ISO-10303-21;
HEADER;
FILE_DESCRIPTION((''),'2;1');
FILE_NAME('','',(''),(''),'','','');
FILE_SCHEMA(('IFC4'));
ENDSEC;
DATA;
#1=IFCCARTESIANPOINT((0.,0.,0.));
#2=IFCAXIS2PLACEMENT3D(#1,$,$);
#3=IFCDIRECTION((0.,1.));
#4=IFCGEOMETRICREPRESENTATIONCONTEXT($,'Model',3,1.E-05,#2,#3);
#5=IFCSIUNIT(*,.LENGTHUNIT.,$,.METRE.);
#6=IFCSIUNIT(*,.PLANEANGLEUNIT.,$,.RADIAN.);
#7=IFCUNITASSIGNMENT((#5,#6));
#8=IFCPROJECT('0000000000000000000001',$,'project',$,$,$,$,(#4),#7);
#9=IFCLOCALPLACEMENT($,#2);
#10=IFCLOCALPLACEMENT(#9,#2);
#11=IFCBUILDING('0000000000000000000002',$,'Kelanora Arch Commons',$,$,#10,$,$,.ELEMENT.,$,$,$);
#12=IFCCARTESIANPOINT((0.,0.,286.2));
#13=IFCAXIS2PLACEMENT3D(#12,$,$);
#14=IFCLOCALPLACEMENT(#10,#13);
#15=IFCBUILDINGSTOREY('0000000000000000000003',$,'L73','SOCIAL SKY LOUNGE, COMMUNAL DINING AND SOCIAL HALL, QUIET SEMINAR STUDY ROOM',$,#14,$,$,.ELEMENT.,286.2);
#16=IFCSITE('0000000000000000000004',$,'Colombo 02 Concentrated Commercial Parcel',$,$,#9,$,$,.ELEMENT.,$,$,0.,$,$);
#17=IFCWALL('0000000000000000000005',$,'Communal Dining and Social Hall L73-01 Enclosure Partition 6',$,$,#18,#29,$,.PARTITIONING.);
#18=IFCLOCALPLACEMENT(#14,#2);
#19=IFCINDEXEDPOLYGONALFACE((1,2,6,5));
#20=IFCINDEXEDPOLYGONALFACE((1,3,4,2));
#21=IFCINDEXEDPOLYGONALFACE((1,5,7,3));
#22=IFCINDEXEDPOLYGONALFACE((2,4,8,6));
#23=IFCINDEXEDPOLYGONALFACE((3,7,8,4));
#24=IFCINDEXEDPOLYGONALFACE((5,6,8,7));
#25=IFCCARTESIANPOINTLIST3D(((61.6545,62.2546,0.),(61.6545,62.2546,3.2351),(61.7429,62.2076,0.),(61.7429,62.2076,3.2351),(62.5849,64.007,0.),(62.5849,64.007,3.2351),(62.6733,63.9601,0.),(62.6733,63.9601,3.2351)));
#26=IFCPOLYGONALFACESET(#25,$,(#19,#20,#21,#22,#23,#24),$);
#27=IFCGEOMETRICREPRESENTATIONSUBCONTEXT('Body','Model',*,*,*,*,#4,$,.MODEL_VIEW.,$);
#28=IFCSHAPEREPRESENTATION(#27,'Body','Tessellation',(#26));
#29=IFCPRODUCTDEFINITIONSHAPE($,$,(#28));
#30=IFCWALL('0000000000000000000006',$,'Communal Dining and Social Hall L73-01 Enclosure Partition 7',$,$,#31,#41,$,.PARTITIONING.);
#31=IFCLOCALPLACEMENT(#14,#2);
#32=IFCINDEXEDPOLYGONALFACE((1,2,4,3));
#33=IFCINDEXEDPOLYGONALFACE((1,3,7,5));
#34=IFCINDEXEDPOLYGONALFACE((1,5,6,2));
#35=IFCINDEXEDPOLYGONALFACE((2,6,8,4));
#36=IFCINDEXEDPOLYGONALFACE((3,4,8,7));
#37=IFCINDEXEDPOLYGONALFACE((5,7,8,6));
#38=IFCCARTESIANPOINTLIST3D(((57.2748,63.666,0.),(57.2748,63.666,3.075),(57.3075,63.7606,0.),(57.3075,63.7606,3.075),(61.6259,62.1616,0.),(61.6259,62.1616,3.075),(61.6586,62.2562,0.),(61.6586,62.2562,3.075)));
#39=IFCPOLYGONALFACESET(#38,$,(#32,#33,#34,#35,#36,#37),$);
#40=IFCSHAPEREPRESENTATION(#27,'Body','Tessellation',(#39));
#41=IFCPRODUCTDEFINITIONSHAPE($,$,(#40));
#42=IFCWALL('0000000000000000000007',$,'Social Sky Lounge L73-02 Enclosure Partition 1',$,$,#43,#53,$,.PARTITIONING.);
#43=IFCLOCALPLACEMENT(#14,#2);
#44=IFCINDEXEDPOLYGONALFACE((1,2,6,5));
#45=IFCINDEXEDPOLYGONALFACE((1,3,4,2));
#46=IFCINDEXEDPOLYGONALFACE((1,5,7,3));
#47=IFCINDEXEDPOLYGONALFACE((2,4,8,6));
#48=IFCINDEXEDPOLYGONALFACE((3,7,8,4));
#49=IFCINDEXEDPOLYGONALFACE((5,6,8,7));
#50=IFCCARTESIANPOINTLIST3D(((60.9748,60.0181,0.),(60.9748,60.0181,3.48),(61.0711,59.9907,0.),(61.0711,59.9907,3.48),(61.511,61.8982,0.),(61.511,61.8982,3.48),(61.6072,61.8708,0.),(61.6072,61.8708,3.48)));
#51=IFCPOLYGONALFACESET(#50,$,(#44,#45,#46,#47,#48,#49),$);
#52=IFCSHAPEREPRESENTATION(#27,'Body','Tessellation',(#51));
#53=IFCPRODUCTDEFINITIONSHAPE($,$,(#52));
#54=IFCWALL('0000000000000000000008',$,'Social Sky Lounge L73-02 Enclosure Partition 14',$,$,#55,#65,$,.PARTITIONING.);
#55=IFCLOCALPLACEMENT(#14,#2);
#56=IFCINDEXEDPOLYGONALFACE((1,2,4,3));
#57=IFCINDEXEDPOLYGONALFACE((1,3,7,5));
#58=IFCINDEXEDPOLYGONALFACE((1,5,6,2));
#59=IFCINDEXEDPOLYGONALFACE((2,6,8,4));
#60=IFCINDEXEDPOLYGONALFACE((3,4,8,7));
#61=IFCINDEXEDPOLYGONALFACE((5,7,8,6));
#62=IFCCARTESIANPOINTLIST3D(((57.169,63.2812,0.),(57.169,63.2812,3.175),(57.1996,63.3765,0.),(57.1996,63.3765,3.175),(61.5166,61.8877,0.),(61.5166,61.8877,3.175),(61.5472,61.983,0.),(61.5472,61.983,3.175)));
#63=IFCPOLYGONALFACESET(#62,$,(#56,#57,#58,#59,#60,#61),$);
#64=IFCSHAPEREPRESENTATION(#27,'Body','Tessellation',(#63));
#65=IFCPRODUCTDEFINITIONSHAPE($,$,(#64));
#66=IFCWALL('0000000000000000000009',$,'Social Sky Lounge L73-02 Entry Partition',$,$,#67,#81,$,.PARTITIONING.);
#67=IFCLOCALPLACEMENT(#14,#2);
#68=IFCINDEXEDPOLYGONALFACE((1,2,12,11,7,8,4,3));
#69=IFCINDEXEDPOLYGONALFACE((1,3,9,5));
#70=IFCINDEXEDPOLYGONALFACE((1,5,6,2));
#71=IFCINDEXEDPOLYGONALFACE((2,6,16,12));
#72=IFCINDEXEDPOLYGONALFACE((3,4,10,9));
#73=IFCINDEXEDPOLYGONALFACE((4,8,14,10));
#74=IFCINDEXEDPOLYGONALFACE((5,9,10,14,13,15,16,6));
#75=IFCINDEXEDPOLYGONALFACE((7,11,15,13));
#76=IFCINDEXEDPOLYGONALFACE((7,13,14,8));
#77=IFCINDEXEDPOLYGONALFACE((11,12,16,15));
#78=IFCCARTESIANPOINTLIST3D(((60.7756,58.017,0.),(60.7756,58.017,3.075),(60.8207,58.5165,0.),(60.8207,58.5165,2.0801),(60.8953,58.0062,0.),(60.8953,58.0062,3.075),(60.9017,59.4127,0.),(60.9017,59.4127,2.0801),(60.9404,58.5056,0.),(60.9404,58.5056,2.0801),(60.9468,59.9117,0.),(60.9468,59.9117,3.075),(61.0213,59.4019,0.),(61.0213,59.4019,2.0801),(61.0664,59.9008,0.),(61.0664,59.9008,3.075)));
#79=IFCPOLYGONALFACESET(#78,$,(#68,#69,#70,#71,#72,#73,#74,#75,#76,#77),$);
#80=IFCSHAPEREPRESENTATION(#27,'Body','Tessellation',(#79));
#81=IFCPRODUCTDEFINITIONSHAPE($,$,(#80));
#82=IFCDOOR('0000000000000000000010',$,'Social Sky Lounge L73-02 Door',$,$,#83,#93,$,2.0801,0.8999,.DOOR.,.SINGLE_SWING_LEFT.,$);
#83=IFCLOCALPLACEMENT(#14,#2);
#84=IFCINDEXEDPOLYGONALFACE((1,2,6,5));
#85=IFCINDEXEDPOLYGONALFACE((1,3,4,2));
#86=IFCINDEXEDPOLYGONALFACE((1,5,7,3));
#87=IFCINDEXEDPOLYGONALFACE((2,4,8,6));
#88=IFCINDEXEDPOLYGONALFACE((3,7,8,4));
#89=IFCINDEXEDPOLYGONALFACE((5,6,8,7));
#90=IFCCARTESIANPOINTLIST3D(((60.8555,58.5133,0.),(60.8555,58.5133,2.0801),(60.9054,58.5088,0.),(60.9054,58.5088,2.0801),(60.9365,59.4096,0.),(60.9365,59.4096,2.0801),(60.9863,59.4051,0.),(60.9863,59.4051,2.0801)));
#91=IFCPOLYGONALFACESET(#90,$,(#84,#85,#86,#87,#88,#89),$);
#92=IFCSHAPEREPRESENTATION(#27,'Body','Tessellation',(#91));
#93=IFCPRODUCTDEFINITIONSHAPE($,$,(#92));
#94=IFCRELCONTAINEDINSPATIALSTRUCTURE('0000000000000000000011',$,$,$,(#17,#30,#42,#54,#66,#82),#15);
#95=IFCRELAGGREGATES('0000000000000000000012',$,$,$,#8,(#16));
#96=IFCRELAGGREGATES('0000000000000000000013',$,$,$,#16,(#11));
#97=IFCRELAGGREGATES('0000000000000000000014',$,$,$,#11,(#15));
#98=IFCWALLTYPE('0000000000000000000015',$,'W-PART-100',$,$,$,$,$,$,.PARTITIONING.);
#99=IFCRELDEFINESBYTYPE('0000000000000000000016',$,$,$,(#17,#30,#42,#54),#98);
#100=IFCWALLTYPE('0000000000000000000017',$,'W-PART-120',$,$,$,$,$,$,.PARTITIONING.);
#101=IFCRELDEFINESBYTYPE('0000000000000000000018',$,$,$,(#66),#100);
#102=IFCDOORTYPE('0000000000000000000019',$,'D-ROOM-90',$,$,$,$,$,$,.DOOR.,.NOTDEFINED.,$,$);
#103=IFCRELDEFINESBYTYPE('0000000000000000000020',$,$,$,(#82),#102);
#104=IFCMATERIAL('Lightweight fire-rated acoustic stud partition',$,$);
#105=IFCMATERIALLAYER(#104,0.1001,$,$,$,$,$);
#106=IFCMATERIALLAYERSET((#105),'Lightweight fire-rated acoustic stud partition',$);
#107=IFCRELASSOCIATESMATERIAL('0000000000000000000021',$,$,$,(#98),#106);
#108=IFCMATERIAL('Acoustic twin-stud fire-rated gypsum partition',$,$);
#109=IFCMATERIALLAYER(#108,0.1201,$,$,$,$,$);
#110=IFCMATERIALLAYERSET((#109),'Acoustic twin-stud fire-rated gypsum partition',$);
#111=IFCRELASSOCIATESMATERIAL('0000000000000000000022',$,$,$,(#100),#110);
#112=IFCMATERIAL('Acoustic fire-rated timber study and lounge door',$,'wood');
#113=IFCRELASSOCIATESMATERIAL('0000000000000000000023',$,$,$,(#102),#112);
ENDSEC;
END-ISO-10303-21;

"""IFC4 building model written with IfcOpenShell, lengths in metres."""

from ifc_helpers import new_model, si_unit, direction, frame, frame_2d, origin, place, context, subcontext, project, spatial, rectangle, extrude, material, layer, layer_set, type_object, element, fill, save


model = new_model("IFC4")

# Units and contexts
model_context = context("Model", 3, precision=1e-05, world=origin(), true_north=direction((0.0, 1.0)))
body_context = subcontext(model_context, "Body", "Model", "MODEL_VIEW")
ifc_project = project(units=[si_unit("LENGTHUNIT", "METRE"), si_unit("PLANEANGLEUNIT", "RADIAN")], contexts=[model_context])

# Site, building, storey
site_placement = place(None, origin())
site = spatial("IfcSite", under=ifc_project, at=site_placement, Name="Colombo 02 Concentrated Commercial Parcel", CompositionType="ELEMENT", RefElevation=0.0)
building_placement = place(site_placement, origin())
building = spatial("IfcBuilding", under=site, at=building_placement, Name="Kelanora Arch Commons", CompositionType="ELEMENT")
storey_placement = place(building_placement, frame((0.0, 0.0, 286.2)))
storey = spatial("IfcBuildingStorey", under=building, at=storey_placement, Name="L73", Description="SOCIAL SKY LOUNGE, COMMUNAL DINING AND SOCIAL HALL, QUIET SEMINAR STUDY ROOM", CompositionType="ELEMENT", Elevation=286.2)

# Walls
ifc_material_1 = material(Name="Lightweight fire-rated acoustic stud partition")
ifc_layer_1 = layer(ifc_material_1, 0.1001)
ifc_layer_set_1 = layer_set([ifc_layer_1], Name="Lightweight fire-rated acoustic stud partition")
wall_type_1 = type_object("IfcWallType", Name="W-PART-100", PredefinedType="PARTITIONING", material=ifc_layer_set_1)
wall_1_placement = place(storey_placement, frame((62.6292, 63.9836, 0.0), z_axis=(0.0, 0.0, 1.0), x_axis=(-0.468933, -0.883234, 0.0)))
element("IfcWall", 1, at=wall_1_placement, inside=storey, type_object=wall_type_1, Name="Communal Dining and Social Hall L73-01 Enclosure Partition 6", PredefinedType="PARTITIONING", context=body_context, shape_type="SweptSolid", body=[
    extrude(rectangle(XDim=1.9841, YDim=0.1001, at=frame_2d((0.9922, 0.0))), origin(), (0.0, 0.0, 1.0), 3.2351),
])
wall_2_placement = place(storey_placement, frame((61.6421, 62.209, 0.0), z_axis=(0.0, 0.0, 1.0), x_axis=(-0.945103, 0.326772, 0.0)))
element("IfcWall", 2, at=wall_2_placement, inside=storey, type_object=wall_type_1, Name="Communal Dining and Social Hall L73-01 Enclosure Partition 7", PredefinedType="PARTITIONING", context=body_context, shape_type="SweptSolid", body=[
    extrude(rectangle(XDim=4.6038, YDim=0.1001, at=frame_2d((2.3018, 0.0))), origin(), (0.0, 0.0, 1.0), 3.075),
])
wall_3_placement = place(storey_placement, frame((61.5591, 61.8845, 0.0), z_axis=(0.0, 0.0, 1.0), x_axis=(-0.274226, -0.961665, 0.0)))
element("IfcWall", 3, at=wall_3_placement, inside=storey, type_object=wall_type_1, Name="Social Sky Lounge L73-02 Enclosure Partition 1", PredefinedType="PARTITIONING", context=body_context, shape_type="SweptSolid", body=[
    extrude(rectangle(XDim=1.9551, YDim=0.1001, at=frame_2d((0.9775, 0.0))), origin(), (0.0, 0.0, 1.0), 3.48),
])
wall_4_placement = place(storey_placement, frame((57.1843, 63.3289, 0.0), z_axis=(0.0, 0.0, 1.0), x_axis=(0.952278, -0.305234, 0.0)))
element("IfcWall", 4, at=wall_4_placement, inside=storey, type_object=wall_type_1, Name="Social Sky Lounge L73-02 Enclosure Partition 14", PredefinedType="PARTITIONING", context=body_context, shape_type="SweptSolid", body=[
    extrude(rectangle(XDim=4.5654, YDim=0.1001, at=frame_2d((2.2827, 0.0))), origin(), (0.0, 0.0, 1.0), 3.175),
])

# Wall, opening, door
ifc_material_2 = material(Name="Acoustic twin-stud fire-rated gypsum partition")
ifc_layer_2 = layer(ifc_material_2, 0.1201)
ifc_layer_set_2 = layer_set([ifc_layer_2], Name="Acoustic twin-stud fire-rated gypsum partition")
wall_type_2 = type_object("IfcWallType", Name="W-PART-120", PredefinedType="PARTITIONING", material=ifc_layer_set_2)
wall_5_placement = place(storey_placement, frame((61.0066, 59.9062, 0.0), z_axis=(0.0, 0.0, 1.0), x_axis=(-0.089969, -0.995945, 0.0)))
wall_5 = element("IfcWall", 5, at=wall_5_placement, inside=storey, type_object=wall_type_2, Name="Social Sky Lounge L73-02 Entry Partition", PredefinedType="PARTITIONING", context=body_context, shape_type="SweptSolid", body=[
    extrude(rectangle(XDim=1.9023, YDim=0.1201, at=frame_2d((0.9512, 0.0))), origin(), (0.0, 0.0, 1.0), 3.075),
])
opening_placement = place(wall_5_placement, frame((0.501, 0.0, 0.0)))
opening = element("IfcOpeningElement", 6, at=opening_placement, cuts=wall_5, PredefinedType="OPENING", context=body_context, shape_type="SweptSolid", body=[
    extrude(rectangle(XDim=0.8999, YDim=2.0801, at=frame_2d((0.45, 1.04))), frame((0.0, 0.0701, 0.0), z_axis=(0.0, -1.0, 0.0), x_axis=(1.0, 0.0, 0.0)), (0.0, 0.0, 1.0), 0.1401),
])
ifc_material_3 = material(Name="Acoustic fire-rated timber study and lounge door", Category="wood")
door_type = type_object("IfcDoorType", Name="D-ROOM-90", OperationType="NOTDEFINED", PredefinedType="DOOR", material=ifc_material_3)
door_placement = place(opening_placement, origin())
door = element("IfcDoor", 7, at=door_placement, inside=storey, type_object=door_type, Name="Social Sky Lounge L73-02 Door", OperationType="SINGLE_SWING_LEFT", OverallHeight=2.0801, OverallWidth=0.8999, PredefinedType="DOOR", context=body_context, shape_type="SweptSolid", body=[
    extrude(rectangle(XDim=0.8999, YDim=2.0801, at=frame_2d((0.45, 1.04))), frame((0.0, 0.0249, 0.0), z_axis=(0.0, -1.0, 0.0), x_axis=(1.0, 0.0, 0.0)), (0.0, 0.0, 1.0), 0.05),
])
fill(opening, door)

save(model, "model.ifc")
